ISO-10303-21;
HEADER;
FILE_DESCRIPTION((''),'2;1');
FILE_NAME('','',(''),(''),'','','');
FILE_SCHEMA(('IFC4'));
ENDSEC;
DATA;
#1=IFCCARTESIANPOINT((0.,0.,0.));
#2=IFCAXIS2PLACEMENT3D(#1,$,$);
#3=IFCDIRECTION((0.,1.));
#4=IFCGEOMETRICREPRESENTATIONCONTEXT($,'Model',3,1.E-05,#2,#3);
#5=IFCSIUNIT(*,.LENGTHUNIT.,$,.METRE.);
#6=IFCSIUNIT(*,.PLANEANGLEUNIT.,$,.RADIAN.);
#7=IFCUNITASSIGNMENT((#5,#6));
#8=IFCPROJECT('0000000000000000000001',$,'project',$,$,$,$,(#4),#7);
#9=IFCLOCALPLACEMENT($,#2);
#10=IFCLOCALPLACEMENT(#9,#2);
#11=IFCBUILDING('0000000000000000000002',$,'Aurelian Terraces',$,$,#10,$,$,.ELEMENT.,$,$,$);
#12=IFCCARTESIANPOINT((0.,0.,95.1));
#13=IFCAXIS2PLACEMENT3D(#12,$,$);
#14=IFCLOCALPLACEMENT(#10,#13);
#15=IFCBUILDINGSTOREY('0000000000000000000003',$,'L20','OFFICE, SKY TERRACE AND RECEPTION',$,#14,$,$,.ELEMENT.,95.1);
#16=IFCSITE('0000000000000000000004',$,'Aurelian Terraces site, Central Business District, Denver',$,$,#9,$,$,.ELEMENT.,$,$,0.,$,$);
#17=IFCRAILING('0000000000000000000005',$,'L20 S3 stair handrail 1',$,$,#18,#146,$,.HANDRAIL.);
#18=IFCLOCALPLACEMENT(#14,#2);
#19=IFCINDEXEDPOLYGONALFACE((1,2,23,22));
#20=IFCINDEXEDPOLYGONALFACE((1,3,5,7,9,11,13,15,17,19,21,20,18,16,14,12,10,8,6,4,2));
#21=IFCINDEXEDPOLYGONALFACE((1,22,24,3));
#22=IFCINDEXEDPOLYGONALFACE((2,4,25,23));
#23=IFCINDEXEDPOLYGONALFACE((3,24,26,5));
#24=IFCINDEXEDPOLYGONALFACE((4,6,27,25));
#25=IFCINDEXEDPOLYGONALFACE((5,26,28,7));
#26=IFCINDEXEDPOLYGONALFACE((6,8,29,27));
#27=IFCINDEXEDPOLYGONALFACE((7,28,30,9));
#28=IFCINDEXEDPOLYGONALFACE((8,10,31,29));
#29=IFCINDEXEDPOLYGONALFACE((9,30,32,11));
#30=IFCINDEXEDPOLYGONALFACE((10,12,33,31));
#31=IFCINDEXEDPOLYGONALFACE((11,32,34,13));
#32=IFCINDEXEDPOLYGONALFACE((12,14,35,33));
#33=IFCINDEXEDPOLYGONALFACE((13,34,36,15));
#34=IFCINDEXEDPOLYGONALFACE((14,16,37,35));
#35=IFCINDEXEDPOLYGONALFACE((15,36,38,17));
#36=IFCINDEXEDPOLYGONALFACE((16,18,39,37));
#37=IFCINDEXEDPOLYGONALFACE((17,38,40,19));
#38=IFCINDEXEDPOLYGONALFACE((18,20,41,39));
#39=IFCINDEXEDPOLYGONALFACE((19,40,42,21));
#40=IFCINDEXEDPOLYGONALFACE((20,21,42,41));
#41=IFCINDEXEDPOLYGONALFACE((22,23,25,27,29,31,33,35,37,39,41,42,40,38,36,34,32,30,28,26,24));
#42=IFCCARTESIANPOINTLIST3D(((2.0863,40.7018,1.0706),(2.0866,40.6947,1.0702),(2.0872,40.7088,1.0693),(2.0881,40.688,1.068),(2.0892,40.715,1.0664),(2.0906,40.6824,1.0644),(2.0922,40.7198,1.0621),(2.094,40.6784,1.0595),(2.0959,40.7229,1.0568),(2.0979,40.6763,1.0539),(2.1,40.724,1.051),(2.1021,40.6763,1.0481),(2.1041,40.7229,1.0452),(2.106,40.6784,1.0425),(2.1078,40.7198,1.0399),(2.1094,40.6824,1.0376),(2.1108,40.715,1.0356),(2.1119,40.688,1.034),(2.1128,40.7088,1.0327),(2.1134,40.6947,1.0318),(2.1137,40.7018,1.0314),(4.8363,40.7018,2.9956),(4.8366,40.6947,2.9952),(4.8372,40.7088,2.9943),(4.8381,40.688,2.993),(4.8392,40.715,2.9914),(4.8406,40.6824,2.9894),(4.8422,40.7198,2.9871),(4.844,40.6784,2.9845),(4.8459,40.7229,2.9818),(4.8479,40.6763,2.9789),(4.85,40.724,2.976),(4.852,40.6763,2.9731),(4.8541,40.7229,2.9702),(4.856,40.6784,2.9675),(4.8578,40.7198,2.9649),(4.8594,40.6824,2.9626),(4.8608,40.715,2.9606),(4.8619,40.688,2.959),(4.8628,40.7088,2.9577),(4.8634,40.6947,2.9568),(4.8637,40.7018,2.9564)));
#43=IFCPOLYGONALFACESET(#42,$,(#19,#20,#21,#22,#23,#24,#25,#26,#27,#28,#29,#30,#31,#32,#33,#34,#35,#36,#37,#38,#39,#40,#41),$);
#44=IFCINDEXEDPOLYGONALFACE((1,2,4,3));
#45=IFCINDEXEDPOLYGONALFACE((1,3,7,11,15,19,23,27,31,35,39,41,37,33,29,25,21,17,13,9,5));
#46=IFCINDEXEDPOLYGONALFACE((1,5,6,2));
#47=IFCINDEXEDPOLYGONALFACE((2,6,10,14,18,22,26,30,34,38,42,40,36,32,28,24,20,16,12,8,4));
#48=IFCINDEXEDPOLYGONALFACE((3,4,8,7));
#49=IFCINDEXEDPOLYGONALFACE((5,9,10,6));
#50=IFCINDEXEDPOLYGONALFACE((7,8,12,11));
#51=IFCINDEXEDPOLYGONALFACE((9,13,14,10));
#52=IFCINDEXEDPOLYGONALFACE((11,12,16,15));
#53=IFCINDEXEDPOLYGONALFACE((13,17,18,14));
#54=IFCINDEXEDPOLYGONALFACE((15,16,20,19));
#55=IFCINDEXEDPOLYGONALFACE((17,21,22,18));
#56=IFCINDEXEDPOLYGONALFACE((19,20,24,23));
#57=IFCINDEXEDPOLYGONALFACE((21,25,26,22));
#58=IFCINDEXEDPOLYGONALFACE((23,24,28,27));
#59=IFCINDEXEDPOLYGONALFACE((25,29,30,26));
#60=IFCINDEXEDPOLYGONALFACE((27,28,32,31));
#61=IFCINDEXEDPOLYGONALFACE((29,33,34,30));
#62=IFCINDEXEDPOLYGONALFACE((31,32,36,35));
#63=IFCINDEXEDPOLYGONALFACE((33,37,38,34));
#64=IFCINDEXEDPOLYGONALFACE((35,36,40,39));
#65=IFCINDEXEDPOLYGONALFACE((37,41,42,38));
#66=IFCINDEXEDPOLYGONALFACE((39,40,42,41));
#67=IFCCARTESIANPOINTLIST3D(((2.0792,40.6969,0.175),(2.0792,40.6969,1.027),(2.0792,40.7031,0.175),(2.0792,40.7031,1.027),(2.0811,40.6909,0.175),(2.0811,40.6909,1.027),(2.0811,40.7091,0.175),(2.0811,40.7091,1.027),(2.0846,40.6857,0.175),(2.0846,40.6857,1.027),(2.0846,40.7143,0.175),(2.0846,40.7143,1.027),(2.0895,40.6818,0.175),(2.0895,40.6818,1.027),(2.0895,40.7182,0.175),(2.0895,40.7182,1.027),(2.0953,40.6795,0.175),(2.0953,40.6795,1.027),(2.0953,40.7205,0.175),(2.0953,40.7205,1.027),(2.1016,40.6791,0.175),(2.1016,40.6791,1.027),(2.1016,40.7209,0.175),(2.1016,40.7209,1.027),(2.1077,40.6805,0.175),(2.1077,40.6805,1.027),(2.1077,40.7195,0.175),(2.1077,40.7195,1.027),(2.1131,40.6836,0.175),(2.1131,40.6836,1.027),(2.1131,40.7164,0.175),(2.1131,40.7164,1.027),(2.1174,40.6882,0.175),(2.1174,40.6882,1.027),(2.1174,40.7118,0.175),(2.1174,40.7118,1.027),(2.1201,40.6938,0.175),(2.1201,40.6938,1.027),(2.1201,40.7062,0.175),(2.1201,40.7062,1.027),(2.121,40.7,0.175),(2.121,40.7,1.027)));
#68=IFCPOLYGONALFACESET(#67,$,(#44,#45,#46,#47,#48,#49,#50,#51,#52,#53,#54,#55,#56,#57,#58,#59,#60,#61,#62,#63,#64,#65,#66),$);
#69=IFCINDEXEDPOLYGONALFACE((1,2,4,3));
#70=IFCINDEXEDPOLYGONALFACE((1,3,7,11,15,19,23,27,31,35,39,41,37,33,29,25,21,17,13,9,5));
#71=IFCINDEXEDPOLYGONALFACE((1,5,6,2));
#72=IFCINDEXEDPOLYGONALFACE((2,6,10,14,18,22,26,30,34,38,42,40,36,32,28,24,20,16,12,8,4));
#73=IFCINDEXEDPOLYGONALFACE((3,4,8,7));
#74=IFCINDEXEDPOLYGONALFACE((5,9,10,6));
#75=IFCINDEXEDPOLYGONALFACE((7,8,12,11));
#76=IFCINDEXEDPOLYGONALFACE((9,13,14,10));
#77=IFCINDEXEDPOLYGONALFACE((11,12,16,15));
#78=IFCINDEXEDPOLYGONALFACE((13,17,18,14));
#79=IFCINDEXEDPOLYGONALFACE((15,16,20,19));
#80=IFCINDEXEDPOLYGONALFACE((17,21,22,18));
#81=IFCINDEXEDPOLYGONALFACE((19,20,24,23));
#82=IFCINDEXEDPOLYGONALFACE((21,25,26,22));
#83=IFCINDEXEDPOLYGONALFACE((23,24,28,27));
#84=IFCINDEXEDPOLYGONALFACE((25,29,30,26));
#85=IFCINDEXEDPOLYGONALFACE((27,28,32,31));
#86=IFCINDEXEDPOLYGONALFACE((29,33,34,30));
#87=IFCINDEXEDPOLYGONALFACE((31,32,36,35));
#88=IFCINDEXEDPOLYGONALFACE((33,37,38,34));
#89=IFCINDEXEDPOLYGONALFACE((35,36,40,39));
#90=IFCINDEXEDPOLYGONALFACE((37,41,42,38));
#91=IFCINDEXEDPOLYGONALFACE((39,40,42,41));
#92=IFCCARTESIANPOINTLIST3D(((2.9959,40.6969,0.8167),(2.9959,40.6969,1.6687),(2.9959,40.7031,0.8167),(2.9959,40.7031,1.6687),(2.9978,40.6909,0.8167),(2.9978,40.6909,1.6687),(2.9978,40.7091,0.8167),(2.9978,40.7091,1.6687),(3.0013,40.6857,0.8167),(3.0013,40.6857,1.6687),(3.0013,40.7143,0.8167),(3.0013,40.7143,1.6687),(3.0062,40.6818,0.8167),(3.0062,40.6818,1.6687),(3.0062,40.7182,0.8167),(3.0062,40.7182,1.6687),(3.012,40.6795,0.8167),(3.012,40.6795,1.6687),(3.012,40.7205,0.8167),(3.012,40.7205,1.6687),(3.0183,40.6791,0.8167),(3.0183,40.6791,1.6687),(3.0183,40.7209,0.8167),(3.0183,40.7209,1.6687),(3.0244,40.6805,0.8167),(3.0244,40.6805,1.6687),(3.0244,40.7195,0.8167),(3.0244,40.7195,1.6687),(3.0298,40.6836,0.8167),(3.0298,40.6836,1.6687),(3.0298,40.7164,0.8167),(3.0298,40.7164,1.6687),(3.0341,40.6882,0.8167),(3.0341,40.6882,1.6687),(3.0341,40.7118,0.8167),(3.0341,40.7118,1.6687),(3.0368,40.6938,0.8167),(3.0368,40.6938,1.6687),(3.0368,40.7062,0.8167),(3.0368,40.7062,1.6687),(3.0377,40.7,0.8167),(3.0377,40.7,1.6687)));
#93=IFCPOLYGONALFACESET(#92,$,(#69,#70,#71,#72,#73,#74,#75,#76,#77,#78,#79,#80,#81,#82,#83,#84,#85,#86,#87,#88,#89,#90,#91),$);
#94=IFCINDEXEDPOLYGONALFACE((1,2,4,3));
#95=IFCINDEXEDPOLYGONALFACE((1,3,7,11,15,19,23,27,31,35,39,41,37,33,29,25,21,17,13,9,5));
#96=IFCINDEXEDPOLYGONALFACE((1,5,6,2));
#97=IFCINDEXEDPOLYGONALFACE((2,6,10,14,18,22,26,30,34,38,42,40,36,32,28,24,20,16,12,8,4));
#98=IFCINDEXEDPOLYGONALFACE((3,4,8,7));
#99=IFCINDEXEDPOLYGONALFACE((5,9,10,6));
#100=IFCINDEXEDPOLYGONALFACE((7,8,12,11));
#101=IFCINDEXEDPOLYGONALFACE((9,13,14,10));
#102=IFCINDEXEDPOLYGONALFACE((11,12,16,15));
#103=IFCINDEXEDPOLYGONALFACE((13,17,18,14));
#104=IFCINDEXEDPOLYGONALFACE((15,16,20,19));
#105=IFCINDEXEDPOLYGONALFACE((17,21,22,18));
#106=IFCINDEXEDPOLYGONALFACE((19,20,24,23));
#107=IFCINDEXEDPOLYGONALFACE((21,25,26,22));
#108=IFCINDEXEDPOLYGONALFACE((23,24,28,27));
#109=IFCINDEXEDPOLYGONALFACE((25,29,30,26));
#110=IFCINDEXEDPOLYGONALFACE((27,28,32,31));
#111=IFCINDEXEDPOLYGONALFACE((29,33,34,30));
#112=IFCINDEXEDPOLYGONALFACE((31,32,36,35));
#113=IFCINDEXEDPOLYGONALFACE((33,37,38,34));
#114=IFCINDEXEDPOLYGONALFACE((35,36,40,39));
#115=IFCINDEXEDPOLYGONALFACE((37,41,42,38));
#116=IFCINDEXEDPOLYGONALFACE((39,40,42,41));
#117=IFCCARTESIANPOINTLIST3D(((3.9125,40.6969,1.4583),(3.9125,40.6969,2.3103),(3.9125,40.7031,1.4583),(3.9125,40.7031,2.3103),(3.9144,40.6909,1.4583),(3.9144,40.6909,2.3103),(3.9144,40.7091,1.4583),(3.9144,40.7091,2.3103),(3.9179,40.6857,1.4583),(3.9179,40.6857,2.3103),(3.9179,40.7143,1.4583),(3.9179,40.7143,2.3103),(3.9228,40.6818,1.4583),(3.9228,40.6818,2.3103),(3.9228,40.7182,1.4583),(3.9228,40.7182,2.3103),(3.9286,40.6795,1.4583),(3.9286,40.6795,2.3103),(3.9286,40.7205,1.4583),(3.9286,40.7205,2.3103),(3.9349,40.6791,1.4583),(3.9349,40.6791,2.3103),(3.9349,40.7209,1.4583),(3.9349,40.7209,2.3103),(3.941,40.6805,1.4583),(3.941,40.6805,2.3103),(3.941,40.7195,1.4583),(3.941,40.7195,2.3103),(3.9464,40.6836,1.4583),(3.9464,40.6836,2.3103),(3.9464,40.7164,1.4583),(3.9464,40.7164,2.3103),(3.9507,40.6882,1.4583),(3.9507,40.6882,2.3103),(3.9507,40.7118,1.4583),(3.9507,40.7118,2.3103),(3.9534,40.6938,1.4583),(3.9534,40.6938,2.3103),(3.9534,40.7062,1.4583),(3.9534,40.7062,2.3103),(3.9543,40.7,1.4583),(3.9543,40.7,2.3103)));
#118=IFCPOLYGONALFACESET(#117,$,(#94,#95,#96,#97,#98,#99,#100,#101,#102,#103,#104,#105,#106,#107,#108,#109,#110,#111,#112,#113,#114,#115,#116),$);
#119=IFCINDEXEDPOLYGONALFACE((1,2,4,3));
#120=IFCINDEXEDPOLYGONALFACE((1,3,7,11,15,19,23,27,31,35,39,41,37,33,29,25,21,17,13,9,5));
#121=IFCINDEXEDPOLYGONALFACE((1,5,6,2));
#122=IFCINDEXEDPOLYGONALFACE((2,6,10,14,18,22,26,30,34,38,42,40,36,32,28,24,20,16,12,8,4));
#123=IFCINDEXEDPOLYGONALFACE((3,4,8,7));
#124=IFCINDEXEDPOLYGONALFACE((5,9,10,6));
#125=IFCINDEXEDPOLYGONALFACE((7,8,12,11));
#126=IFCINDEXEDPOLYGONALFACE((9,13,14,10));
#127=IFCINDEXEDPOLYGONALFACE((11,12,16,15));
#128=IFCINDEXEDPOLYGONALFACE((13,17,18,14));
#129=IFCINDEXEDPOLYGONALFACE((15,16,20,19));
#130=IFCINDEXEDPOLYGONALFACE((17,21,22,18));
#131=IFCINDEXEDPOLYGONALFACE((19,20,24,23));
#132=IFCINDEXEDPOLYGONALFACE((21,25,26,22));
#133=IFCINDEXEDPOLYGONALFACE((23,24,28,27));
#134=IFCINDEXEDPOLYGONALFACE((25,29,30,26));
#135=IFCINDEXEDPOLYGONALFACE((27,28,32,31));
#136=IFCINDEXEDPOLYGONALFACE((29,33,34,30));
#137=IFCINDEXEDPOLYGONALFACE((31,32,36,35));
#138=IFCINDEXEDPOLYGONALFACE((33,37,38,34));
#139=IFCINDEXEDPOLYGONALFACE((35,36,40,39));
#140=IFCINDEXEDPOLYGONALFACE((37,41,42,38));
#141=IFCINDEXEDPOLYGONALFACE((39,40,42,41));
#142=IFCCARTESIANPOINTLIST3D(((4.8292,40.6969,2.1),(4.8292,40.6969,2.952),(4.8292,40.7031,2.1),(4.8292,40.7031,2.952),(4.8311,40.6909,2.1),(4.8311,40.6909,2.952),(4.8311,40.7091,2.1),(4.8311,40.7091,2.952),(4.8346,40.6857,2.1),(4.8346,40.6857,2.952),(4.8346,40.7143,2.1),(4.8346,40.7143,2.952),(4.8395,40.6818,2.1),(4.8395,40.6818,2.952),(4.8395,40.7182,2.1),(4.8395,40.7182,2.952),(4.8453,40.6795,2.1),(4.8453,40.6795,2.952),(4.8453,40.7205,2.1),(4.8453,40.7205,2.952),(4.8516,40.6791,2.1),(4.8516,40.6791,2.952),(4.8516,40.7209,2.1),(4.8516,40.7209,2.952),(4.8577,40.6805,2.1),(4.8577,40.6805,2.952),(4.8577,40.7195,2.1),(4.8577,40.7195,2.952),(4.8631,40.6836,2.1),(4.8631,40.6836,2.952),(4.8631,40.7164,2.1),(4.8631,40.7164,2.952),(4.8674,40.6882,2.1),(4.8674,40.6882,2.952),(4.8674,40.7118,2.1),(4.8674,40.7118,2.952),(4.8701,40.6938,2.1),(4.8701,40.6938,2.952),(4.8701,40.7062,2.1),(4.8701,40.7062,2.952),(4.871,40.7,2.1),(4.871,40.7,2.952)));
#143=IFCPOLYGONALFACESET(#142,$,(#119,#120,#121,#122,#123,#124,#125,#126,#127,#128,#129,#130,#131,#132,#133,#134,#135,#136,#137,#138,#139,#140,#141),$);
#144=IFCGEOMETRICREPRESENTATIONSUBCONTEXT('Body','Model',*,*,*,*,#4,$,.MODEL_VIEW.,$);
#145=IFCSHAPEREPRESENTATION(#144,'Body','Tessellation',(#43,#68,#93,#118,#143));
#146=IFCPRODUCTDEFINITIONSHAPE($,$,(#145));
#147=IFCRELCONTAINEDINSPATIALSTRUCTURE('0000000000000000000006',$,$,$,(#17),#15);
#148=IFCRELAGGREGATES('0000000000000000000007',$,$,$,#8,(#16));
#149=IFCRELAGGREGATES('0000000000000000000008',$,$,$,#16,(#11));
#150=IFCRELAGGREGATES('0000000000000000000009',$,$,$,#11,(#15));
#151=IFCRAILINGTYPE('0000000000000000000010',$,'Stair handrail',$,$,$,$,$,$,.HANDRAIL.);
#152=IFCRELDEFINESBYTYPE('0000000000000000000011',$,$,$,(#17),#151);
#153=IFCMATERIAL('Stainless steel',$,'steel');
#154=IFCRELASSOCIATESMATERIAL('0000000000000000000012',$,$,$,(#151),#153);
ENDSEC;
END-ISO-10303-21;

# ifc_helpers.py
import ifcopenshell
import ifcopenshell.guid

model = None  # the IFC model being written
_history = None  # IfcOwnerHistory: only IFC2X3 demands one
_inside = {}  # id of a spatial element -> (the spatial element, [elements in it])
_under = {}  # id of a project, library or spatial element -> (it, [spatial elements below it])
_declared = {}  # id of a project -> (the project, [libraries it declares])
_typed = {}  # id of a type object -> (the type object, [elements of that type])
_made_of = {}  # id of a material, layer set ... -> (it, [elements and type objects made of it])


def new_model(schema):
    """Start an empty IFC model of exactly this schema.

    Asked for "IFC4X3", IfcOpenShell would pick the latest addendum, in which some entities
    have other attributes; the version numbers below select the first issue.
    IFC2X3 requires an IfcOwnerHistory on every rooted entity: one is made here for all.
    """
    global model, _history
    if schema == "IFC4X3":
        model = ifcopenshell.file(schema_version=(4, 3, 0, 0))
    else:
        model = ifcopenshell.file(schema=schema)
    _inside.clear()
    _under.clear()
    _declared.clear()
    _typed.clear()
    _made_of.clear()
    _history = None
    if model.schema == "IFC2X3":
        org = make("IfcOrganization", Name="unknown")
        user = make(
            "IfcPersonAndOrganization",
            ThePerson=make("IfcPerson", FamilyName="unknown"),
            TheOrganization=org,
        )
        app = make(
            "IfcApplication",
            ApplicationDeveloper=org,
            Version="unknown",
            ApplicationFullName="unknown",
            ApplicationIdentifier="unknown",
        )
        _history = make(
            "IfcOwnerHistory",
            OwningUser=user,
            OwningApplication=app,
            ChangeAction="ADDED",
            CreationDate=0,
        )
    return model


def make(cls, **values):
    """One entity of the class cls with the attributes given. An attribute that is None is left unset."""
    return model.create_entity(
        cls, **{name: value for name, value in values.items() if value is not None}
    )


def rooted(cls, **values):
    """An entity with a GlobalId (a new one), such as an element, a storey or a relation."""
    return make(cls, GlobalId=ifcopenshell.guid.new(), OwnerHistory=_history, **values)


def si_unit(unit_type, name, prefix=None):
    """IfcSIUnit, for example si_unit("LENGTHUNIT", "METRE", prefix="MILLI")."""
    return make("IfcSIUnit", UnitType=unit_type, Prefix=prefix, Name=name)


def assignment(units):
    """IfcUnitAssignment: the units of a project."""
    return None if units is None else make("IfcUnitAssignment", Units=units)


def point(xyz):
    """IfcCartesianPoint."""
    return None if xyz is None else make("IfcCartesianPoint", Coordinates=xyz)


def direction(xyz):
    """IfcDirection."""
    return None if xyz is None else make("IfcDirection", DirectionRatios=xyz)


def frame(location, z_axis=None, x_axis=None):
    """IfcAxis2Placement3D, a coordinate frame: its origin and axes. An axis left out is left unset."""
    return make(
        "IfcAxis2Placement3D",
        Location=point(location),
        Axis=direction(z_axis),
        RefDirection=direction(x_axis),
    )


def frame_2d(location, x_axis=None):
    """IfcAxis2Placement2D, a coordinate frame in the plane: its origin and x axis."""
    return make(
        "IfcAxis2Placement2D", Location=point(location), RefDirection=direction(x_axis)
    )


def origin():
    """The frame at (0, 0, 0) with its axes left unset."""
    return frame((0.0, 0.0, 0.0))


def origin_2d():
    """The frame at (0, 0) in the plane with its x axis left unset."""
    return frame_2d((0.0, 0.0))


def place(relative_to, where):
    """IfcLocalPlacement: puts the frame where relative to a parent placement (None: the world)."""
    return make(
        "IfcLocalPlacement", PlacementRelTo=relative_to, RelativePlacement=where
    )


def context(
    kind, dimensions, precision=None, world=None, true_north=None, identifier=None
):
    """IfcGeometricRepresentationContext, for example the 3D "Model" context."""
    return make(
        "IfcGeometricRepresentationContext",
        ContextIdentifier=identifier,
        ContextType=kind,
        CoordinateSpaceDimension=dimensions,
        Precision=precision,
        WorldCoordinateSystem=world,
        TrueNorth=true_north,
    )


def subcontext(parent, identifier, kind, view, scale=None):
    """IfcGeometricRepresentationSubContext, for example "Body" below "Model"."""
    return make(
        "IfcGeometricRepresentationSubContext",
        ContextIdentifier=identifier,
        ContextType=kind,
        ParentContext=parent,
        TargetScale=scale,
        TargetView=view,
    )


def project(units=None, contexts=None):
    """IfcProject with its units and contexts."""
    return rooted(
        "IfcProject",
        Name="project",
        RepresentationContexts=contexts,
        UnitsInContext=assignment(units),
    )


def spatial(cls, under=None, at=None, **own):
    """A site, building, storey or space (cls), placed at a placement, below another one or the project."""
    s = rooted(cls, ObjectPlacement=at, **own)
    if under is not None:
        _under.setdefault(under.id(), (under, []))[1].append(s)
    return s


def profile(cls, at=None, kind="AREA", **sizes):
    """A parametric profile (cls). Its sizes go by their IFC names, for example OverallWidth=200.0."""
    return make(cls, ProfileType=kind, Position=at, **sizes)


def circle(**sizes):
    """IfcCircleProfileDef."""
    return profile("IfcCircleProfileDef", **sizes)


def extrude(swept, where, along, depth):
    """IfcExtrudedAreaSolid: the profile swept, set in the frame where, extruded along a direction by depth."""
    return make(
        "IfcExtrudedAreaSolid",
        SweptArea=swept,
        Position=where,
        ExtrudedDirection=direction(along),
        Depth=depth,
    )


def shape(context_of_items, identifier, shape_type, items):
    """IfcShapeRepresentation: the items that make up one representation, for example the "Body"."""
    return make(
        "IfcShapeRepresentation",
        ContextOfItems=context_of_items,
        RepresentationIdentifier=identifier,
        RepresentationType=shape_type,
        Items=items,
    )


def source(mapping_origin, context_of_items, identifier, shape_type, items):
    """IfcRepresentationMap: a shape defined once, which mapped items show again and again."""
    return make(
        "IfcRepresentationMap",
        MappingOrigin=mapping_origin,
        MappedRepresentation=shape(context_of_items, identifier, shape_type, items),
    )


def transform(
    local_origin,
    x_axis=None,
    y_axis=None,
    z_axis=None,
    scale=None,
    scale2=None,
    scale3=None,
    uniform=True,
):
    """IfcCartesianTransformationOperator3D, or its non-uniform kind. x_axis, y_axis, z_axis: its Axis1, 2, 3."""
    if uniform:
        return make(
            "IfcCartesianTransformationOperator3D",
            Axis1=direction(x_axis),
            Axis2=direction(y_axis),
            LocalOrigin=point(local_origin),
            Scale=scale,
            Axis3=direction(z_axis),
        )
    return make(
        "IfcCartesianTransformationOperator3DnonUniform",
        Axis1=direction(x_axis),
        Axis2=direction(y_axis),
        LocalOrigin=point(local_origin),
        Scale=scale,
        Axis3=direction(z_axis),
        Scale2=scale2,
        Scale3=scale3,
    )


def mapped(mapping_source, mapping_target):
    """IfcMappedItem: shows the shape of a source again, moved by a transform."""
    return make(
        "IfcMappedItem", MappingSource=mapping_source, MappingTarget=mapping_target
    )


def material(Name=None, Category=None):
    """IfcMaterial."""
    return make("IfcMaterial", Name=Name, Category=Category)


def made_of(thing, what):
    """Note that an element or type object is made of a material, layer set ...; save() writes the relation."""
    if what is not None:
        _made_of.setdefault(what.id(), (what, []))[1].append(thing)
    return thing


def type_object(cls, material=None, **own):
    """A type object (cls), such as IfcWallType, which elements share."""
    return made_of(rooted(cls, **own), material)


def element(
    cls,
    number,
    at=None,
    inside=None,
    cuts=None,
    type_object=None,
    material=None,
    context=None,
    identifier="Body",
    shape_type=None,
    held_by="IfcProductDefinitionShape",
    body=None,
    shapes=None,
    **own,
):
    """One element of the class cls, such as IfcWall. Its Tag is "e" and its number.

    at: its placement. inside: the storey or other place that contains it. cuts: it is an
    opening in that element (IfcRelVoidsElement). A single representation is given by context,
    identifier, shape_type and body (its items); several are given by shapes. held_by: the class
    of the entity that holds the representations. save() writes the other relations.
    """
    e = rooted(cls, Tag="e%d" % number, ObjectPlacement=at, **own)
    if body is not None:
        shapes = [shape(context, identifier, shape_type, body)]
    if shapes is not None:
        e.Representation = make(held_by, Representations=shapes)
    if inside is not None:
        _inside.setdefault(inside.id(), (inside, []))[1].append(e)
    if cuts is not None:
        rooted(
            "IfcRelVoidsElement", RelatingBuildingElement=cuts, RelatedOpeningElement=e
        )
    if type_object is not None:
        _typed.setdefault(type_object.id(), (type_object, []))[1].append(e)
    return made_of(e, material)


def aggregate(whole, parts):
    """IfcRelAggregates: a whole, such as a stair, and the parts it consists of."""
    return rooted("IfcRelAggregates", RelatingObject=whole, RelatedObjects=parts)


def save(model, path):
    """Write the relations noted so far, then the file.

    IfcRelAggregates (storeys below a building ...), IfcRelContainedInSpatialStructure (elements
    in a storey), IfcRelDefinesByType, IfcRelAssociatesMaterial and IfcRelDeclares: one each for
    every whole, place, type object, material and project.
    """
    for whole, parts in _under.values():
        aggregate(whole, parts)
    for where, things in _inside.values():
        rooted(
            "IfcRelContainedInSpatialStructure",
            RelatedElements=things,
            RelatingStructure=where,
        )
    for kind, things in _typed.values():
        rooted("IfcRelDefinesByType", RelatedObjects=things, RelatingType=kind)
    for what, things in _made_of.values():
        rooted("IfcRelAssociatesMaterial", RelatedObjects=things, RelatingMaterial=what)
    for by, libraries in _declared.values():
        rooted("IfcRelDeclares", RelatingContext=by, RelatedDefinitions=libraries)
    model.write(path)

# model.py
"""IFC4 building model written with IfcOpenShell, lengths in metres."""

from ifc_helpers import new_model, si_unit, direction, frame, origin, origin_2d, place, context, subcontext, project, spatial, circle, extrude, source, transform, mapped, material, type_object, element, save


model = new_model("IFC4")

# Units and contexts
model_context = context("Model", 3, precision=1e-05, world=origin(), true_north=direction((0.0, 1.0)))
body_context = subcontext(model_context, "Body", "Model", "MODEL_VIEW")
ifc_project = project(units=[si_unit("LENGTHUNIT", "METRE"), si_unit("PLANEANGLEUNIT", "RADIAN")], contexts=[model_context])

# Site, building, storey
site_placement = place(None, origin())
site = spatial("IfcSite", under=ifc_project, at=site_placement, Name="Aurelian Terraces site, Central Business District, Denver", CompositionType="ELEMENT", RefElevation=0.0)
building_placement = place(site_placement, origin())
building = spatial("IfcBuilding", under=site, at=building_placement, Name="Aurelian Terraces", CompositionType="ELEMENT")
storey_placement = place(building_placement, frame((0.0, 0.0, 95.1)))
storey = spatial("IfcBuildingStorey", under=building, at=storey_placement, Name="L20", Description="OFFICE, SKY TERRACE AND RECEPTION", CompositionType="ELEMENT", Elevation=95.1)

# Railing
ifc_material_1 = material(Name="Stainless steel", Category="steel")
railing_type_1 = type_object("IfcRailingType", Name="Stair handrail", PredefinedType="HANDRAIL", material=ifc_material_1)
shared_shape_1 = source(origin(), body_context, "Body", "SweptSolid", [
    extrude(circle(Radius=0.024, at=origin_2d()), frame((0.0, 0.0, 0.876), z_axis=(0.819232, 0.0, 0.573462), x_axis=(0.0, 1.0, 0.0)), (0.0, 0.0, 1.0), 3.3568),
    extrude(circle(Radius=0.021, at=origin_2d()), origin(), (0.0, 0.0, 1.0), 0.852),
    extrude(circle(Radius=0.021, at=origin_2d()), frame((0.9167, 0.0, 0.6417)), (0.0, 0.0, 1.0), 0.852),
    extrude(circle(Radius=0.021, at=origin_2d()), frame((1.8333, 0.0, 1.2833)), (0.0, 0.0, 1.0), 0.852),
    extrude(circle(Radius=0.021, at=origin_2d()), frame((2.75, 0.0, 1.925)), (0.0, 0.0, 1.0), 0.852),
])
railing_1_placement = place(storey_placement, frame((2.1, 40.7, 0.175)))
element("IfcRailing", 1, at=railing_1_placement, inside=storey, type_object=railing_type_1, Name="L20 S3 stair handrail 1", PredefinedType="HANDRAIL", context=body_context, shape_type="MappedRepresentation", body=[
    mapped(shared_shape_1, transform((0.0, 0.0, 0.0), scale=1.0)),
])

save(model, "model.ifc")
